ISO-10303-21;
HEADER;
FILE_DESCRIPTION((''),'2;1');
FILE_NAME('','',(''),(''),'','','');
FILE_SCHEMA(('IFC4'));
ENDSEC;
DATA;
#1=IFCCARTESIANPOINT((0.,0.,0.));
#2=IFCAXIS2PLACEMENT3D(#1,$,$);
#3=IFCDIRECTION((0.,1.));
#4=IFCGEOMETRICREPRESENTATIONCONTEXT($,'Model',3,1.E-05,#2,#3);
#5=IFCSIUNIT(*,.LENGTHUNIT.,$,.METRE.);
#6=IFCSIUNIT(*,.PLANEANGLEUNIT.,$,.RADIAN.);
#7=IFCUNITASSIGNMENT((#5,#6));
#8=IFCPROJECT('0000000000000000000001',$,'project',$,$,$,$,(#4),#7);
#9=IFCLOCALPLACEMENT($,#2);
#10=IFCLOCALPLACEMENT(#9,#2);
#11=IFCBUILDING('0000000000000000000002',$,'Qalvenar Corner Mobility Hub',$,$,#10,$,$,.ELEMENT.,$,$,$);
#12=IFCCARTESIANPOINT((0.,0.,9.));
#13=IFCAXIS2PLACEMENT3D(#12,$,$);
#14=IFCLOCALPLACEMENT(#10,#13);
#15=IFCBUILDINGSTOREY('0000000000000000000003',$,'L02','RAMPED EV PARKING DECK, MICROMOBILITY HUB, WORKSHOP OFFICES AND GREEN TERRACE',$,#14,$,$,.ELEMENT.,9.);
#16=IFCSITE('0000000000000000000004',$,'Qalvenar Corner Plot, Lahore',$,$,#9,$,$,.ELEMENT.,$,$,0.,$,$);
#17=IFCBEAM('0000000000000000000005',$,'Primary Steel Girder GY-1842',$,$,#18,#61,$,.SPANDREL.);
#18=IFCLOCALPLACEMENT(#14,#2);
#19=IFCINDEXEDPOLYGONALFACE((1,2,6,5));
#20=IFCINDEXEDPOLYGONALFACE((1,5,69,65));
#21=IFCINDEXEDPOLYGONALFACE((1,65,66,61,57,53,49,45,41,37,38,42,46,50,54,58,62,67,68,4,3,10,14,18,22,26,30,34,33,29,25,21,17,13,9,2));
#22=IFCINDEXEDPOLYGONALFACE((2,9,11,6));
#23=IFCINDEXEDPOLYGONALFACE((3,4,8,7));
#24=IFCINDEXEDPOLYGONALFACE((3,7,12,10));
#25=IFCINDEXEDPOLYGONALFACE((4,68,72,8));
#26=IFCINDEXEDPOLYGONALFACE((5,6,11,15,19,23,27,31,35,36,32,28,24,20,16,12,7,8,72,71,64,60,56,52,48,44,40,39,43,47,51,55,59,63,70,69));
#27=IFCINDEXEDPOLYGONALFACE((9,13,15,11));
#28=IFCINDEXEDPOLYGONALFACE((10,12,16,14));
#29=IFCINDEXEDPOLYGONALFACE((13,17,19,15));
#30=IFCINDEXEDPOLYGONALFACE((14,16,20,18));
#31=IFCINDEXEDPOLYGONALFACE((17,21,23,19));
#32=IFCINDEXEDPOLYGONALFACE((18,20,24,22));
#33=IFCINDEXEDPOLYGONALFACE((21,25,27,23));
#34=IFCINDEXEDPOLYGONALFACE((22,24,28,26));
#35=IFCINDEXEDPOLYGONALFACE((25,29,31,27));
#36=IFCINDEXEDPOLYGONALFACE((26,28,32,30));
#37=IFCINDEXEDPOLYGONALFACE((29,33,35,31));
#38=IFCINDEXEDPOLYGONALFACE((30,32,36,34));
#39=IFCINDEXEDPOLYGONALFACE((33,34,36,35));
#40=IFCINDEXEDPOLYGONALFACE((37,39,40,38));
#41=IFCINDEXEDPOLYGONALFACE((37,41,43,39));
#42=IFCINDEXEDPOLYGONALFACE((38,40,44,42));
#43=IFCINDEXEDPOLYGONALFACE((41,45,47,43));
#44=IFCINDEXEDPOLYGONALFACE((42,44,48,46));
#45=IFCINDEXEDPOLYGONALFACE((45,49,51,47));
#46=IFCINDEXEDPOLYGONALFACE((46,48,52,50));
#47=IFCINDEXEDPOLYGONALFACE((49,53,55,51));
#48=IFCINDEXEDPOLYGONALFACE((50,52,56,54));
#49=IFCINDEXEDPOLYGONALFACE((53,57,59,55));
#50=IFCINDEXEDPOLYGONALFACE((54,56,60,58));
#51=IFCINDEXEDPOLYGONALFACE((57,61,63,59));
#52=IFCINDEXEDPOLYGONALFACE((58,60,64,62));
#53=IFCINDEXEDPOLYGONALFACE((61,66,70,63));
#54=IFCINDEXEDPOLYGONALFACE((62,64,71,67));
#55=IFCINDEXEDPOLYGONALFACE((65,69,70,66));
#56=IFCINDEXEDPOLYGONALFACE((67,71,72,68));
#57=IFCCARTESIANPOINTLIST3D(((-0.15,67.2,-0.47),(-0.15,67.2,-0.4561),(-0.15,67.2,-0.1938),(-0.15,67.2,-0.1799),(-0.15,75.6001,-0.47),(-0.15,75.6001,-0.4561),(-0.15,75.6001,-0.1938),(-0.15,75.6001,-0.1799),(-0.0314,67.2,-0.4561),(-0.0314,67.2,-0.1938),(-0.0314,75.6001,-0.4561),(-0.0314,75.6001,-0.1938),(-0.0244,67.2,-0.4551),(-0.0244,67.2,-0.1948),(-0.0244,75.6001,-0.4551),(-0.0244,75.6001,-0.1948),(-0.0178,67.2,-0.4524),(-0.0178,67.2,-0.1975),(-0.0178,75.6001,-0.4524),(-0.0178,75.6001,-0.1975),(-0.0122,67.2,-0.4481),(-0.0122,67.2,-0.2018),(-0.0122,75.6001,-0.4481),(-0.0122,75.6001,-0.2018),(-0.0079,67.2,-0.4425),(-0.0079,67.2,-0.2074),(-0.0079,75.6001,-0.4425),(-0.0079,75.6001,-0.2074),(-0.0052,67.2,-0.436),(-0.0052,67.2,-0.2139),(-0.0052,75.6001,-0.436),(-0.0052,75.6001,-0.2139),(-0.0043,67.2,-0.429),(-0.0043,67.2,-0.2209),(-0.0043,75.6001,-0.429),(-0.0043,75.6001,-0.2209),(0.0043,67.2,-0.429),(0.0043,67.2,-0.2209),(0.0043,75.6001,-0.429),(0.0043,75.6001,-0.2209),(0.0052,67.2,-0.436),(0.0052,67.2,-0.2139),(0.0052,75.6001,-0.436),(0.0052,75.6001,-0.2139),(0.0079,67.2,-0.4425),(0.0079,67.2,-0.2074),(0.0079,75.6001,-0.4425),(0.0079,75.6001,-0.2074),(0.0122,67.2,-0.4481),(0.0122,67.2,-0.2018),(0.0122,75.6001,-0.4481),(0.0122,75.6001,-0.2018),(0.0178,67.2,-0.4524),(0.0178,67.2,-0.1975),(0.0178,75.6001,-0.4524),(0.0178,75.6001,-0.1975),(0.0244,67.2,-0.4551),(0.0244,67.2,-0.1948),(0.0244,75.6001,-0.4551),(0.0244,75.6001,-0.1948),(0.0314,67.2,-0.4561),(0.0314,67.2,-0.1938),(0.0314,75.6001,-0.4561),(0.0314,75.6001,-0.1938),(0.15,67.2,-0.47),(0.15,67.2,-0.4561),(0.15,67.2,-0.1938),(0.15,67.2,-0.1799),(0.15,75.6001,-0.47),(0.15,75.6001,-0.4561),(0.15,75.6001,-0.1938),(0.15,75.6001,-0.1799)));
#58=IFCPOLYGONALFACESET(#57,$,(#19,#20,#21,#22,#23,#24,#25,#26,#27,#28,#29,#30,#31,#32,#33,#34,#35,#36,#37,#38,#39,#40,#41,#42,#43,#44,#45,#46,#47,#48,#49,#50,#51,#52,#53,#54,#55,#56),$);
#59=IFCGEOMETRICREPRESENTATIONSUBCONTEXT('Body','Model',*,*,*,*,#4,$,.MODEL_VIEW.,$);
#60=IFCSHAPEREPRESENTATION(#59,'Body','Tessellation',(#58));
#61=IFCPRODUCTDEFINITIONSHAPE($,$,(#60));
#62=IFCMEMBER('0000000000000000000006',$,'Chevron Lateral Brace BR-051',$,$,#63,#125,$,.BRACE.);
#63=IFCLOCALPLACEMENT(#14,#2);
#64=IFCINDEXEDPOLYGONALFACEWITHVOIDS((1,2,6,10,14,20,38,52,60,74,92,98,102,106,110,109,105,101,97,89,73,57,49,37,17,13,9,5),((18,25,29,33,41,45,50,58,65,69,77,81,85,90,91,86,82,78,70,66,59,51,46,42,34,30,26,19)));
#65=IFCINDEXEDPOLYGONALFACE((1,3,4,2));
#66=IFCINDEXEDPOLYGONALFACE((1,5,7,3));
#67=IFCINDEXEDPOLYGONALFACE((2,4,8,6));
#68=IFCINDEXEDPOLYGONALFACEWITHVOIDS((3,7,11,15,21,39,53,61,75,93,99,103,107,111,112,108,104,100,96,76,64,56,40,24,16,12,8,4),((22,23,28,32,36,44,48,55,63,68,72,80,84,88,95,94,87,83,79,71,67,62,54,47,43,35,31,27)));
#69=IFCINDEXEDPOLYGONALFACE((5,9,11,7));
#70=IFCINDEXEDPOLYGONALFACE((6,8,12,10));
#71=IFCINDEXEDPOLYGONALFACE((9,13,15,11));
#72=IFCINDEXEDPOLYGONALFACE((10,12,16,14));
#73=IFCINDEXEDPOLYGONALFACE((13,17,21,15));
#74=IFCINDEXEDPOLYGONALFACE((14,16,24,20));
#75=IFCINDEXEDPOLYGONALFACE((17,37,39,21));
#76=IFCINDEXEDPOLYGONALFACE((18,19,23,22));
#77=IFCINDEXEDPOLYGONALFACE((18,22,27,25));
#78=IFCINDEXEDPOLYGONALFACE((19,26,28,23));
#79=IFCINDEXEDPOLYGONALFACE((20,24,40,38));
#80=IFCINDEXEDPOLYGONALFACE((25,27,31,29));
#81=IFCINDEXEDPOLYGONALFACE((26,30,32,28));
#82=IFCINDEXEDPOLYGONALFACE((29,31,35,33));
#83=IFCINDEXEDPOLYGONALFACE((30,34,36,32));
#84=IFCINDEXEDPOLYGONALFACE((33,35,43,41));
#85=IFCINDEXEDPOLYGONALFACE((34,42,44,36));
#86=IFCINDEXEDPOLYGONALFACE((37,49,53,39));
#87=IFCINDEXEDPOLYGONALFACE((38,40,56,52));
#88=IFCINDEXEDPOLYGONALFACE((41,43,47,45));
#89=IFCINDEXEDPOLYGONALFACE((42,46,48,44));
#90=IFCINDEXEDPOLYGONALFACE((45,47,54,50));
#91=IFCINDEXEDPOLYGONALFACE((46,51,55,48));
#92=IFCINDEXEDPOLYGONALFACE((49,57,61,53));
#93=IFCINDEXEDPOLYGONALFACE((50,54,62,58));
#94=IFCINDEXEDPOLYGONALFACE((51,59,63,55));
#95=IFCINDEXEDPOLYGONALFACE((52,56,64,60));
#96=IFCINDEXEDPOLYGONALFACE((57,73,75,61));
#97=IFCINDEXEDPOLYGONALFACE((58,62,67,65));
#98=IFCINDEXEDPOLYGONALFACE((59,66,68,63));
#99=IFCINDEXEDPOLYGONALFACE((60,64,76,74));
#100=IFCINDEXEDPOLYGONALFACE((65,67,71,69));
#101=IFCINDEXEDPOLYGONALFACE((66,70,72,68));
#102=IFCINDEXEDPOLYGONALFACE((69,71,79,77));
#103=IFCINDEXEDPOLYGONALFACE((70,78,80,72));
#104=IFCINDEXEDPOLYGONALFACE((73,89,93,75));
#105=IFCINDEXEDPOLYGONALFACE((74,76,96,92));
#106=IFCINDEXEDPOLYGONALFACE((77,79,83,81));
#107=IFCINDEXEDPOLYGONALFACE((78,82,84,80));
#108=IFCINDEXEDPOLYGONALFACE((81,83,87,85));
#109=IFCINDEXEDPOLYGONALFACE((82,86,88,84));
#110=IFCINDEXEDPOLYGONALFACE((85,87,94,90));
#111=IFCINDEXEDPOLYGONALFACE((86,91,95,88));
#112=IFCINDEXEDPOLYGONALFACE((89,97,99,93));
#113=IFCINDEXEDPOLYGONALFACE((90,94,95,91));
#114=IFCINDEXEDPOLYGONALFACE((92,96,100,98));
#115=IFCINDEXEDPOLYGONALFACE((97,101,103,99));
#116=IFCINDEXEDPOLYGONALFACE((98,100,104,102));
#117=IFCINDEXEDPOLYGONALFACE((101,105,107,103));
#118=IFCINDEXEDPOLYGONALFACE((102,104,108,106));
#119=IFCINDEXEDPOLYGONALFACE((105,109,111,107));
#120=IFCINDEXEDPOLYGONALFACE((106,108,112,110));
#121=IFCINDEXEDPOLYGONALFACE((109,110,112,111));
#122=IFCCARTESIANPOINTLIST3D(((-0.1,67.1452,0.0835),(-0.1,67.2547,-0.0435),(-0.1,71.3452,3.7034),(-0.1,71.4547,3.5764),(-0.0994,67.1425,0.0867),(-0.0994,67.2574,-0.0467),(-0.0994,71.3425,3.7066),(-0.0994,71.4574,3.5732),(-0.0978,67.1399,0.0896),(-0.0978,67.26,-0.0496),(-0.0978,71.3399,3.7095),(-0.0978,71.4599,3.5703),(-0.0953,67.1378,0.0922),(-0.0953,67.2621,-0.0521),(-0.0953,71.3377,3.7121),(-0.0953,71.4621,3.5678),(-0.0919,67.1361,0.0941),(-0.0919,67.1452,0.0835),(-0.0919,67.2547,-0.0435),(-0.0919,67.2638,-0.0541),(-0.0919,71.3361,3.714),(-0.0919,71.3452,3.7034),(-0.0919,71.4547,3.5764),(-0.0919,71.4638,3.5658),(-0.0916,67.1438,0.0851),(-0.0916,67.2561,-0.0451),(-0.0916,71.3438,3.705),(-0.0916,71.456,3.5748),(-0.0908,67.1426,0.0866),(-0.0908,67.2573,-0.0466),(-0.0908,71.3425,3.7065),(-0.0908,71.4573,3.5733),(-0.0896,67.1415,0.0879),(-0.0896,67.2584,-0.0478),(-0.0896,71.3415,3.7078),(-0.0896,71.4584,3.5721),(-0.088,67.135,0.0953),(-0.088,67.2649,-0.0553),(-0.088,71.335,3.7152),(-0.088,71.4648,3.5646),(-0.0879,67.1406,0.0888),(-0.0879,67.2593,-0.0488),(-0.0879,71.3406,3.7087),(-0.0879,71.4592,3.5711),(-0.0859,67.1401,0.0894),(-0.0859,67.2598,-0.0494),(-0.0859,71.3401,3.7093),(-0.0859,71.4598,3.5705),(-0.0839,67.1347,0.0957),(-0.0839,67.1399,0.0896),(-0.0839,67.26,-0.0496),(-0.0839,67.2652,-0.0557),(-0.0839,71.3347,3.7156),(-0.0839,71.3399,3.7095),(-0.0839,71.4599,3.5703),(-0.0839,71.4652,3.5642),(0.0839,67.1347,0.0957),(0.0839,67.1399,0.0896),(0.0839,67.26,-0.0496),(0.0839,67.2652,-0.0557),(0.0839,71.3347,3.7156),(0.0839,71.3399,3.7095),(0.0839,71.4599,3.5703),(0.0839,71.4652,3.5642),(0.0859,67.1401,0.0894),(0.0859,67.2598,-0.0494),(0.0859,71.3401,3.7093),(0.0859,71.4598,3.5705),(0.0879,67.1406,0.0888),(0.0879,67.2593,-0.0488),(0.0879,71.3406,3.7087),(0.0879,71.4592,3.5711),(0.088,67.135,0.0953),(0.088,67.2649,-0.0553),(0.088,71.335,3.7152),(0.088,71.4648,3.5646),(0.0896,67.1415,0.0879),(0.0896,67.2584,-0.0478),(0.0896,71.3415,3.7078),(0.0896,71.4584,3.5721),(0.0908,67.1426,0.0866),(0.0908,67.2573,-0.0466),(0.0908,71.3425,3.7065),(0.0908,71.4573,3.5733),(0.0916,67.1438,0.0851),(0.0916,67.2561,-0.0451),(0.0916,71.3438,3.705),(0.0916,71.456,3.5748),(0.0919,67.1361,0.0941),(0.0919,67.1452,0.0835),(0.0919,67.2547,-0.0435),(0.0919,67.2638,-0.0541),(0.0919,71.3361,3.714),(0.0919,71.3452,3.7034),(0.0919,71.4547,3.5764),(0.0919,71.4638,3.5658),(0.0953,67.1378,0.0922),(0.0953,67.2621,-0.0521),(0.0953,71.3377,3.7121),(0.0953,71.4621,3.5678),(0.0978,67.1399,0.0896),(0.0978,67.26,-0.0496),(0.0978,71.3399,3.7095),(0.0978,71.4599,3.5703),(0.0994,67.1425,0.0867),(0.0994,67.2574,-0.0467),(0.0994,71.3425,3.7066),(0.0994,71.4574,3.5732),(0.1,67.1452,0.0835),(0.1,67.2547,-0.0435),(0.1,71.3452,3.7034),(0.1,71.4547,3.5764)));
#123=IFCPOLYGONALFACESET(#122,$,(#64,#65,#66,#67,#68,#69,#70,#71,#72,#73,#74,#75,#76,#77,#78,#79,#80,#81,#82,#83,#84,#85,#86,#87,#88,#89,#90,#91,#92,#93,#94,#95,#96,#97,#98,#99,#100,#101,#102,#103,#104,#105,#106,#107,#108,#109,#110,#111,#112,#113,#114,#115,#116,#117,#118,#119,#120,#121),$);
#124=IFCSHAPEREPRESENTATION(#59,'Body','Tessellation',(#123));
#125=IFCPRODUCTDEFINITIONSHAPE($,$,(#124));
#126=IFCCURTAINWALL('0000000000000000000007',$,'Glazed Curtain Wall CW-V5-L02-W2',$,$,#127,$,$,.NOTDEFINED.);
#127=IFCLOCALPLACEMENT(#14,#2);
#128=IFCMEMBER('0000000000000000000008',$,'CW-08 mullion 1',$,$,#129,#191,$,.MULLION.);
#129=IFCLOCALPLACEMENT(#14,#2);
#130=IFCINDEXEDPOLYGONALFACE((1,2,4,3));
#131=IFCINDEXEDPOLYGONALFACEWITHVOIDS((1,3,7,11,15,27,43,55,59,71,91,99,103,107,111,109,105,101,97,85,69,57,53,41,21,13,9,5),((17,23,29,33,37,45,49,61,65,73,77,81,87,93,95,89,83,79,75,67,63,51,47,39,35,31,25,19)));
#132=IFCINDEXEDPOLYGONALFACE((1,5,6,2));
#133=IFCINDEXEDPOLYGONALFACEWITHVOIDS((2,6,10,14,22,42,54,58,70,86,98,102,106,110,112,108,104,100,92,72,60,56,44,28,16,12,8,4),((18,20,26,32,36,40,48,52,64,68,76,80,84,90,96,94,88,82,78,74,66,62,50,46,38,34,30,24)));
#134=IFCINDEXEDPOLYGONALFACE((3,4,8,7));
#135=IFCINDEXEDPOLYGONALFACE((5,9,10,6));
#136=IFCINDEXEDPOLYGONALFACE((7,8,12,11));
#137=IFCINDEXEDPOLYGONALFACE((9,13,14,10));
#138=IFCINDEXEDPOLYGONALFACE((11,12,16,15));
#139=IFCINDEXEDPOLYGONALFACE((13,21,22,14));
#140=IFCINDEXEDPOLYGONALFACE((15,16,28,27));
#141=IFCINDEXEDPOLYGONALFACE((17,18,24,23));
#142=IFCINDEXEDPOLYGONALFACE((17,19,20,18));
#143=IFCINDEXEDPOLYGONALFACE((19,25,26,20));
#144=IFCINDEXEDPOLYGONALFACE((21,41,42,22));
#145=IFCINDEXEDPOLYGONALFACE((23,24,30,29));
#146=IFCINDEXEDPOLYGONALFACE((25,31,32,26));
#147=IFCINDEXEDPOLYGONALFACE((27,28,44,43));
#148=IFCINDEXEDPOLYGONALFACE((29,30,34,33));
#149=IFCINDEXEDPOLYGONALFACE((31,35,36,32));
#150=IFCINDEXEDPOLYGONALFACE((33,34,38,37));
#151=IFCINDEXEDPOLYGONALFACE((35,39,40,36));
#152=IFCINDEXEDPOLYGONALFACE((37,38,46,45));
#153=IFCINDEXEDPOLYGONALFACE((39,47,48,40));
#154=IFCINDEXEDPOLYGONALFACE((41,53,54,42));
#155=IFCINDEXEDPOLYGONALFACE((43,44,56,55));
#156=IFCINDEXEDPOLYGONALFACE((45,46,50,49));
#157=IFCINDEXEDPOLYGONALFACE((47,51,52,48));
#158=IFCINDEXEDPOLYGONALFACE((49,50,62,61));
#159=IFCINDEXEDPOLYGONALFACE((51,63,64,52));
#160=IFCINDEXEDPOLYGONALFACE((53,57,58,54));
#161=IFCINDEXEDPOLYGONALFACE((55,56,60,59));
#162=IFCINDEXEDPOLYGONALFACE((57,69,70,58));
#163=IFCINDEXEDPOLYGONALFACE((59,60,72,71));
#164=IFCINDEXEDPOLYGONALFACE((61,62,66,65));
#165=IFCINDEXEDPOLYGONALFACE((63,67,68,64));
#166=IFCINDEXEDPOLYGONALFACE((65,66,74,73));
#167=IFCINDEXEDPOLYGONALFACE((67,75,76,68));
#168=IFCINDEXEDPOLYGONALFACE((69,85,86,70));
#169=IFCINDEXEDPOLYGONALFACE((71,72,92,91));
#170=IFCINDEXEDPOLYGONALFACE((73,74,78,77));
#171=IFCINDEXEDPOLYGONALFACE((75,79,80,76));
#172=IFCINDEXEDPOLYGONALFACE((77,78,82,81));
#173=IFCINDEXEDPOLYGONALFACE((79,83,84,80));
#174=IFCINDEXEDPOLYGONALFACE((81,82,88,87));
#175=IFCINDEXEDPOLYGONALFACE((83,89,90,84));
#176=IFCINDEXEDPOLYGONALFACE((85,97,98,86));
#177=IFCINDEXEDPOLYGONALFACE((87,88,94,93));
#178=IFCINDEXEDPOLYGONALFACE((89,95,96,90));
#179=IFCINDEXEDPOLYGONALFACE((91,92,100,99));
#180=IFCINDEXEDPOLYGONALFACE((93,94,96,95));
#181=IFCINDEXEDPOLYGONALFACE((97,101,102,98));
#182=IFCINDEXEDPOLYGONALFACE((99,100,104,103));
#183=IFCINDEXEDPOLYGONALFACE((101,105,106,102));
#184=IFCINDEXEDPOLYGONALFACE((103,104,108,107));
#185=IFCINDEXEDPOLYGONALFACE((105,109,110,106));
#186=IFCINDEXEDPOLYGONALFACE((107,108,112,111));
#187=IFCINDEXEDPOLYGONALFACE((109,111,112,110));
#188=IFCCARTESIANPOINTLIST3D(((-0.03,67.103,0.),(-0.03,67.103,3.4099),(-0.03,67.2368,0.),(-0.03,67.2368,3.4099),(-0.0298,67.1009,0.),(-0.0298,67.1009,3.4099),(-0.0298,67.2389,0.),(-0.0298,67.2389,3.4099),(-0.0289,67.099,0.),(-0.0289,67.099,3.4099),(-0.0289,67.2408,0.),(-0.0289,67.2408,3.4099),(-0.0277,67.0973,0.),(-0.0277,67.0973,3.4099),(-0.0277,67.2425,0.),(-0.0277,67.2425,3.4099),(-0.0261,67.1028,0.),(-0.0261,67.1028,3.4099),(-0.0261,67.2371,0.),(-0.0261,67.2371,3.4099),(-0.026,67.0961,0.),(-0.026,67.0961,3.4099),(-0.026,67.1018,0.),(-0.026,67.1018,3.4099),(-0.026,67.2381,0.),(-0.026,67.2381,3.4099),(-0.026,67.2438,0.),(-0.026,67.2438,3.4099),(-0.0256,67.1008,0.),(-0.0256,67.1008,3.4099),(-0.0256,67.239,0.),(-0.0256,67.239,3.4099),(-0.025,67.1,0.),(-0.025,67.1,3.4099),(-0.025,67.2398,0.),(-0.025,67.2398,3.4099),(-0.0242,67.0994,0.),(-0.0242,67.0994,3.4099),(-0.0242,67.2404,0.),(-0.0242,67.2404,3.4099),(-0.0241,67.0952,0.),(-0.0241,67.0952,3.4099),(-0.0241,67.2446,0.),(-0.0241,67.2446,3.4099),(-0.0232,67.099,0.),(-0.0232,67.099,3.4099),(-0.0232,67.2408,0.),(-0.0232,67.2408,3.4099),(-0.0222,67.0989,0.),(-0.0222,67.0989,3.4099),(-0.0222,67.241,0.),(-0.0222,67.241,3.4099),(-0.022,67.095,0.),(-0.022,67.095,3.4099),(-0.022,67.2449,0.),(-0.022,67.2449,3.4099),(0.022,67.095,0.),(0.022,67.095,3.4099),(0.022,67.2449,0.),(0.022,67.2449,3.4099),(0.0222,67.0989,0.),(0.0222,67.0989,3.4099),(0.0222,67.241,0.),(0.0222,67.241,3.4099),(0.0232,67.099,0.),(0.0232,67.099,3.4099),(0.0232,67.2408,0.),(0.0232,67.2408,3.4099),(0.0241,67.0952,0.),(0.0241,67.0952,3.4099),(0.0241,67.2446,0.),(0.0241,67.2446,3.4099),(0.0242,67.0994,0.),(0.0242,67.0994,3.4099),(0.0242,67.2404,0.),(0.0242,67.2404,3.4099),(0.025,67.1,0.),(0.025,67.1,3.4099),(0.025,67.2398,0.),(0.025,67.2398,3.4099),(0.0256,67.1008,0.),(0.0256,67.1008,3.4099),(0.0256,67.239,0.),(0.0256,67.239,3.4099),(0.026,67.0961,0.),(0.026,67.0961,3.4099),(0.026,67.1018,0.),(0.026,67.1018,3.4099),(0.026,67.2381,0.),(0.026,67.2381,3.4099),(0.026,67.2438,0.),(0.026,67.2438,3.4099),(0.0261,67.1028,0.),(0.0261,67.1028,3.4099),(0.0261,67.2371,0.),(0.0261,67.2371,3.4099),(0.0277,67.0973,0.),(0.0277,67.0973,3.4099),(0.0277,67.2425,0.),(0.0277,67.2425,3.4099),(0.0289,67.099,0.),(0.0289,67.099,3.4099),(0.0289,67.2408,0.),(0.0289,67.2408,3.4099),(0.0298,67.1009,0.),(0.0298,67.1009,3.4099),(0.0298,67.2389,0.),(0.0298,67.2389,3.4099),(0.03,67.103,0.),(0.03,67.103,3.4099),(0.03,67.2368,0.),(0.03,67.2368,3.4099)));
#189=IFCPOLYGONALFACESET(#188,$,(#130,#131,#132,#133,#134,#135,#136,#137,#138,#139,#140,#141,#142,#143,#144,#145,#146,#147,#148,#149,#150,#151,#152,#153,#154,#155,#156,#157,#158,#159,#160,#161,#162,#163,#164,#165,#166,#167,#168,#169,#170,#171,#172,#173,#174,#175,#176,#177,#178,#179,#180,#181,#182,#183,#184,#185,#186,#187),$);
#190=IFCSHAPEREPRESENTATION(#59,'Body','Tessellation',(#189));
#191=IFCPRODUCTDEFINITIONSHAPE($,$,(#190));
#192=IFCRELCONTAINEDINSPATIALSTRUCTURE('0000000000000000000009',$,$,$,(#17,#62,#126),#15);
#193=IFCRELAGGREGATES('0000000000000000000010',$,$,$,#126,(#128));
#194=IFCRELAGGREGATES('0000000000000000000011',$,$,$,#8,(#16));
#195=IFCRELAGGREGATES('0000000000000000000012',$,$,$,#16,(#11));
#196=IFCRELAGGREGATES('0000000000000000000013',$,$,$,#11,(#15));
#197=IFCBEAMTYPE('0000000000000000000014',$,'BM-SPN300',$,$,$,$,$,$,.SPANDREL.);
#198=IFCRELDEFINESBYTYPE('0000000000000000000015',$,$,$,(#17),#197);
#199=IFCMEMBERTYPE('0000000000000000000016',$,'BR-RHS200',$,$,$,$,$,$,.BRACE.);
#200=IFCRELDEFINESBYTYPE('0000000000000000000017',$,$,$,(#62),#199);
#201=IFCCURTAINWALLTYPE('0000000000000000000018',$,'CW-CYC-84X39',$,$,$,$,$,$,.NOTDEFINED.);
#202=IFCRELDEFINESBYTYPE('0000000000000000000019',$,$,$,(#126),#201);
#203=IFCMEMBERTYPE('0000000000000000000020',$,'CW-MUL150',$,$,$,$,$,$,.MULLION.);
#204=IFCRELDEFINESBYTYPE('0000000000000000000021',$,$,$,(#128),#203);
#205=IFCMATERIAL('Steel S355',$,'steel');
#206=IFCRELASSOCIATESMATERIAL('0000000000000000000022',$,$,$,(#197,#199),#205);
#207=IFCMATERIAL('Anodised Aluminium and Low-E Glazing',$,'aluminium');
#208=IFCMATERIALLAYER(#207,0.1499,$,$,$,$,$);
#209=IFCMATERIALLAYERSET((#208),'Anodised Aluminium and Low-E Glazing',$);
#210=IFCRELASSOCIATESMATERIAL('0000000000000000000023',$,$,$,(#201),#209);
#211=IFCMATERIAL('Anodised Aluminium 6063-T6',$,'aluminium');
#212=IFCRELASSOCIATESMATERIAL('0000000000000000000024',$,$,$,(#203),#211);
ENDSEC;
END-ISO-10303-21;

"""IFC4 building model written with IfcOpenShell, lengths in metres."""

from ifc_helpers import new_model, si_unit, direction, frame, origin, origin_2d, place, context, subcontext, project, spatial, hollow_rectangle, i_section, extrude, material, layer, layer_set, material_profile, profile_set, type_object, element, aggregate, save


model = new_model("IFC4")

# Units and contexts
model_context = context("Model", 3, precision=1e-05, world=origin(), true_north=direction((0.0, 1.0)))
body_context = subcontext(model_context, "Body", "Model", "MODEL_VIEW")
ifc_project = project(units=[si_unit("LENGTHUNIT", "METRE"), si_unit("PLANEANGLEUNIT", "RADIAN")], contexts=[model_context])

# Site, building, storey
site_placement = place(None, origin())
site = spatial("IfcSite", under=ifc_project, at=site_placement, Name="Qalvenar Corner Plot, Lahore", CompositionType="ELEMENT", RefElevation=0.0)
building_placement = place(site_placement, origin())
building = spatial("IfcBuilding", under=site, at=building_placement, Name="Qalvenar Corner Mobility Hub", CompositionType="ELEMENT")
storey_placement = place(building_placement, frame((0.0, 0.0, 9.0)))
storey = spatial("IfcBuildingStorey", under=building, at=storey_placement, Name="L02", Description="RAMPED EV PARKING DECK, MICROMOBILITY HUB, WORKSHOP OFFICES AND GREEN TERRACE", CompositionType="ELEMENT", Elevation=9.0)

# Shared definitions
ifc_material_1 = material(Name="Steel S355", Category="steel")

# Beam
ifc_material_profile_1 = material_profile(ifc_material_1, i_section(OverallWidth=0.3, OverallDepth=0.29, WebThickness=0.0085, FlangeThickness=0.0139, FilletRadius=0.0271, at=origin_2d()), Name="HEA300")
ifc_profile_set_1 = profile_set([ifc_material_profile_1], Name="Steel S355")
beam_type_1 = type_object("IfcBeamType", Name="BM-SPN300", PredefinedType="SPANDREL", material=ifc_profile_set_1)
beam_1_placement = place(storey_placement, frame((0.0, 67.2, -0.325), z_axis=(0.0, 1.0, 0.0), x_axis=(-1.0, 0.0, 0.0)))
element("IfcBeam", 1, at=beam_1_placement, inside=storey, type_object=beam_type_1, Name="Primary Steel Girder GY-1842", PredefinedType="SPANDREL", context=body_context, shape_type="SweptSolid", body=[
    extrude(i_section(OverallWidth=0.3, OverallDepth=0.29, WebThickness=0.0085, FlangeThickness=0.0139, FilletRadius=0.0271, at=origin_2d()), origin(), (0.0, 0.0, 1.0), 8.4001),
])

# Member
ifc_material_profile_2 = material_profile(ifc_material_1, hollow_rectangle(XDim=0.2, YDim=0.2, WallThickness=0.0081, InnerFilletRadius=0.0081, OuterFilletRadius=0.0161, at=origin_2d()), Name="SHS200x200x8")
ifc_profile_set_2 = profile_set([ifc_material_profile_2], Name="Steel S355")
member_type_1 = type_object("IfcMemberType", Name="BR-RHS200", PredefinedType="BRACE", material=ifc_profile_set_2)
member_1_placement = place(storey_placement, frame((0.0, 67.2, 0.02), z_axis=(0.0, 0.757479, 0.652859), x_axis=(-1.0, 0.0, 0.0)))
element("IfcMember", 2, at=member_1_placement, inside=storey, type_object=member_type_1, Name="Chevron Lateral Brace BR-051", PredefinedType="BRACE", context=body_context, shape_type="SweptSolid", body=[
    extrude(hollow_rectangle(XDim=0.2, YDim=0.2, WallThickness=0.0081, InnerFilletRadius=0.0081, OuterFilletRadius=0.0161, at=origin_2d()), origin(), (0.0, 0.0, 1.0), 5.5447),
])

# Curtain wall, member
ifc_material_2 = material(Name="Anodised Aluminium and Low-E Glazing", Category="aluminium")
ifc_layer_1 = layer(ifc_material_2, 0.1499)
ifc_layer_set_1 = layer_set([ifc_layer_1], Name="Anodised Aluminium and Low-E Glazing")
curtain_wall_type = type_object("IfcCurtainWallType", Name="CW-CYC-84X39", PredefinedType="NOTDEFINED", material=ifc_layer_set_1)
curtain_wall_placement = place(storey_placement, origin())
curtain_wall = element("IfcCurtainWall", 3, at=curtain_wall_placement, inside=storey, type_object=curtain_wall_type, Name="Glazed Curtain Wall CW-V5-L02-W2", PredefinedType="NOTDEFINED")
ifc_material_3 = material(Name="Anodised Aluminium 6063-T6", Category="aluminium")
ifc_material_profile_3 = material_profile(ifc_material_3, hollow_rectangle(XDim=0.0601, YDim=0.1499, WallThickness=0.0039, InnerFilletRadius=0.0039, OuterFilletRadius=0.0081, at=origin_2d()), Name="RHS150x60x4")
ifc_profile_set_3 = profile_set([ifc_material_profile_3], Name="Anodised Aluminium 6063-T6")
member_type_2 = type_object("IfcMemberType", Name="CW-MUL150", PredefinedType="MULLION", material=ifc_profile_set_3)
member_2_placement = place(storey_placement, frame((0.0, 67.1699, 0.0), z_axis=(0.0, 0.0, 1.0), x_axis=(1.0, 0.0, 0.0)))
member_2 = element("IfcMember", 4, at=member_2_placement, type_object=member_type_2, Name="CW-08 mullion 1", PredefinedType="MULLION", context=body_context, shape_type="SweptSolid", body=[
    extrude(hollow_rectangle(XDim=0.0601, YDim=0.1499, WallThickness=0.0039, InnerFilletRadius=0.0039, OuterFilletRadius=0.0081, at=origin_2d()), origin(), (0.0, 0.0, 1.0), 3.4099),
])
aggregate(curtain_wall, [member_2])

save(model, "model.ifc")
